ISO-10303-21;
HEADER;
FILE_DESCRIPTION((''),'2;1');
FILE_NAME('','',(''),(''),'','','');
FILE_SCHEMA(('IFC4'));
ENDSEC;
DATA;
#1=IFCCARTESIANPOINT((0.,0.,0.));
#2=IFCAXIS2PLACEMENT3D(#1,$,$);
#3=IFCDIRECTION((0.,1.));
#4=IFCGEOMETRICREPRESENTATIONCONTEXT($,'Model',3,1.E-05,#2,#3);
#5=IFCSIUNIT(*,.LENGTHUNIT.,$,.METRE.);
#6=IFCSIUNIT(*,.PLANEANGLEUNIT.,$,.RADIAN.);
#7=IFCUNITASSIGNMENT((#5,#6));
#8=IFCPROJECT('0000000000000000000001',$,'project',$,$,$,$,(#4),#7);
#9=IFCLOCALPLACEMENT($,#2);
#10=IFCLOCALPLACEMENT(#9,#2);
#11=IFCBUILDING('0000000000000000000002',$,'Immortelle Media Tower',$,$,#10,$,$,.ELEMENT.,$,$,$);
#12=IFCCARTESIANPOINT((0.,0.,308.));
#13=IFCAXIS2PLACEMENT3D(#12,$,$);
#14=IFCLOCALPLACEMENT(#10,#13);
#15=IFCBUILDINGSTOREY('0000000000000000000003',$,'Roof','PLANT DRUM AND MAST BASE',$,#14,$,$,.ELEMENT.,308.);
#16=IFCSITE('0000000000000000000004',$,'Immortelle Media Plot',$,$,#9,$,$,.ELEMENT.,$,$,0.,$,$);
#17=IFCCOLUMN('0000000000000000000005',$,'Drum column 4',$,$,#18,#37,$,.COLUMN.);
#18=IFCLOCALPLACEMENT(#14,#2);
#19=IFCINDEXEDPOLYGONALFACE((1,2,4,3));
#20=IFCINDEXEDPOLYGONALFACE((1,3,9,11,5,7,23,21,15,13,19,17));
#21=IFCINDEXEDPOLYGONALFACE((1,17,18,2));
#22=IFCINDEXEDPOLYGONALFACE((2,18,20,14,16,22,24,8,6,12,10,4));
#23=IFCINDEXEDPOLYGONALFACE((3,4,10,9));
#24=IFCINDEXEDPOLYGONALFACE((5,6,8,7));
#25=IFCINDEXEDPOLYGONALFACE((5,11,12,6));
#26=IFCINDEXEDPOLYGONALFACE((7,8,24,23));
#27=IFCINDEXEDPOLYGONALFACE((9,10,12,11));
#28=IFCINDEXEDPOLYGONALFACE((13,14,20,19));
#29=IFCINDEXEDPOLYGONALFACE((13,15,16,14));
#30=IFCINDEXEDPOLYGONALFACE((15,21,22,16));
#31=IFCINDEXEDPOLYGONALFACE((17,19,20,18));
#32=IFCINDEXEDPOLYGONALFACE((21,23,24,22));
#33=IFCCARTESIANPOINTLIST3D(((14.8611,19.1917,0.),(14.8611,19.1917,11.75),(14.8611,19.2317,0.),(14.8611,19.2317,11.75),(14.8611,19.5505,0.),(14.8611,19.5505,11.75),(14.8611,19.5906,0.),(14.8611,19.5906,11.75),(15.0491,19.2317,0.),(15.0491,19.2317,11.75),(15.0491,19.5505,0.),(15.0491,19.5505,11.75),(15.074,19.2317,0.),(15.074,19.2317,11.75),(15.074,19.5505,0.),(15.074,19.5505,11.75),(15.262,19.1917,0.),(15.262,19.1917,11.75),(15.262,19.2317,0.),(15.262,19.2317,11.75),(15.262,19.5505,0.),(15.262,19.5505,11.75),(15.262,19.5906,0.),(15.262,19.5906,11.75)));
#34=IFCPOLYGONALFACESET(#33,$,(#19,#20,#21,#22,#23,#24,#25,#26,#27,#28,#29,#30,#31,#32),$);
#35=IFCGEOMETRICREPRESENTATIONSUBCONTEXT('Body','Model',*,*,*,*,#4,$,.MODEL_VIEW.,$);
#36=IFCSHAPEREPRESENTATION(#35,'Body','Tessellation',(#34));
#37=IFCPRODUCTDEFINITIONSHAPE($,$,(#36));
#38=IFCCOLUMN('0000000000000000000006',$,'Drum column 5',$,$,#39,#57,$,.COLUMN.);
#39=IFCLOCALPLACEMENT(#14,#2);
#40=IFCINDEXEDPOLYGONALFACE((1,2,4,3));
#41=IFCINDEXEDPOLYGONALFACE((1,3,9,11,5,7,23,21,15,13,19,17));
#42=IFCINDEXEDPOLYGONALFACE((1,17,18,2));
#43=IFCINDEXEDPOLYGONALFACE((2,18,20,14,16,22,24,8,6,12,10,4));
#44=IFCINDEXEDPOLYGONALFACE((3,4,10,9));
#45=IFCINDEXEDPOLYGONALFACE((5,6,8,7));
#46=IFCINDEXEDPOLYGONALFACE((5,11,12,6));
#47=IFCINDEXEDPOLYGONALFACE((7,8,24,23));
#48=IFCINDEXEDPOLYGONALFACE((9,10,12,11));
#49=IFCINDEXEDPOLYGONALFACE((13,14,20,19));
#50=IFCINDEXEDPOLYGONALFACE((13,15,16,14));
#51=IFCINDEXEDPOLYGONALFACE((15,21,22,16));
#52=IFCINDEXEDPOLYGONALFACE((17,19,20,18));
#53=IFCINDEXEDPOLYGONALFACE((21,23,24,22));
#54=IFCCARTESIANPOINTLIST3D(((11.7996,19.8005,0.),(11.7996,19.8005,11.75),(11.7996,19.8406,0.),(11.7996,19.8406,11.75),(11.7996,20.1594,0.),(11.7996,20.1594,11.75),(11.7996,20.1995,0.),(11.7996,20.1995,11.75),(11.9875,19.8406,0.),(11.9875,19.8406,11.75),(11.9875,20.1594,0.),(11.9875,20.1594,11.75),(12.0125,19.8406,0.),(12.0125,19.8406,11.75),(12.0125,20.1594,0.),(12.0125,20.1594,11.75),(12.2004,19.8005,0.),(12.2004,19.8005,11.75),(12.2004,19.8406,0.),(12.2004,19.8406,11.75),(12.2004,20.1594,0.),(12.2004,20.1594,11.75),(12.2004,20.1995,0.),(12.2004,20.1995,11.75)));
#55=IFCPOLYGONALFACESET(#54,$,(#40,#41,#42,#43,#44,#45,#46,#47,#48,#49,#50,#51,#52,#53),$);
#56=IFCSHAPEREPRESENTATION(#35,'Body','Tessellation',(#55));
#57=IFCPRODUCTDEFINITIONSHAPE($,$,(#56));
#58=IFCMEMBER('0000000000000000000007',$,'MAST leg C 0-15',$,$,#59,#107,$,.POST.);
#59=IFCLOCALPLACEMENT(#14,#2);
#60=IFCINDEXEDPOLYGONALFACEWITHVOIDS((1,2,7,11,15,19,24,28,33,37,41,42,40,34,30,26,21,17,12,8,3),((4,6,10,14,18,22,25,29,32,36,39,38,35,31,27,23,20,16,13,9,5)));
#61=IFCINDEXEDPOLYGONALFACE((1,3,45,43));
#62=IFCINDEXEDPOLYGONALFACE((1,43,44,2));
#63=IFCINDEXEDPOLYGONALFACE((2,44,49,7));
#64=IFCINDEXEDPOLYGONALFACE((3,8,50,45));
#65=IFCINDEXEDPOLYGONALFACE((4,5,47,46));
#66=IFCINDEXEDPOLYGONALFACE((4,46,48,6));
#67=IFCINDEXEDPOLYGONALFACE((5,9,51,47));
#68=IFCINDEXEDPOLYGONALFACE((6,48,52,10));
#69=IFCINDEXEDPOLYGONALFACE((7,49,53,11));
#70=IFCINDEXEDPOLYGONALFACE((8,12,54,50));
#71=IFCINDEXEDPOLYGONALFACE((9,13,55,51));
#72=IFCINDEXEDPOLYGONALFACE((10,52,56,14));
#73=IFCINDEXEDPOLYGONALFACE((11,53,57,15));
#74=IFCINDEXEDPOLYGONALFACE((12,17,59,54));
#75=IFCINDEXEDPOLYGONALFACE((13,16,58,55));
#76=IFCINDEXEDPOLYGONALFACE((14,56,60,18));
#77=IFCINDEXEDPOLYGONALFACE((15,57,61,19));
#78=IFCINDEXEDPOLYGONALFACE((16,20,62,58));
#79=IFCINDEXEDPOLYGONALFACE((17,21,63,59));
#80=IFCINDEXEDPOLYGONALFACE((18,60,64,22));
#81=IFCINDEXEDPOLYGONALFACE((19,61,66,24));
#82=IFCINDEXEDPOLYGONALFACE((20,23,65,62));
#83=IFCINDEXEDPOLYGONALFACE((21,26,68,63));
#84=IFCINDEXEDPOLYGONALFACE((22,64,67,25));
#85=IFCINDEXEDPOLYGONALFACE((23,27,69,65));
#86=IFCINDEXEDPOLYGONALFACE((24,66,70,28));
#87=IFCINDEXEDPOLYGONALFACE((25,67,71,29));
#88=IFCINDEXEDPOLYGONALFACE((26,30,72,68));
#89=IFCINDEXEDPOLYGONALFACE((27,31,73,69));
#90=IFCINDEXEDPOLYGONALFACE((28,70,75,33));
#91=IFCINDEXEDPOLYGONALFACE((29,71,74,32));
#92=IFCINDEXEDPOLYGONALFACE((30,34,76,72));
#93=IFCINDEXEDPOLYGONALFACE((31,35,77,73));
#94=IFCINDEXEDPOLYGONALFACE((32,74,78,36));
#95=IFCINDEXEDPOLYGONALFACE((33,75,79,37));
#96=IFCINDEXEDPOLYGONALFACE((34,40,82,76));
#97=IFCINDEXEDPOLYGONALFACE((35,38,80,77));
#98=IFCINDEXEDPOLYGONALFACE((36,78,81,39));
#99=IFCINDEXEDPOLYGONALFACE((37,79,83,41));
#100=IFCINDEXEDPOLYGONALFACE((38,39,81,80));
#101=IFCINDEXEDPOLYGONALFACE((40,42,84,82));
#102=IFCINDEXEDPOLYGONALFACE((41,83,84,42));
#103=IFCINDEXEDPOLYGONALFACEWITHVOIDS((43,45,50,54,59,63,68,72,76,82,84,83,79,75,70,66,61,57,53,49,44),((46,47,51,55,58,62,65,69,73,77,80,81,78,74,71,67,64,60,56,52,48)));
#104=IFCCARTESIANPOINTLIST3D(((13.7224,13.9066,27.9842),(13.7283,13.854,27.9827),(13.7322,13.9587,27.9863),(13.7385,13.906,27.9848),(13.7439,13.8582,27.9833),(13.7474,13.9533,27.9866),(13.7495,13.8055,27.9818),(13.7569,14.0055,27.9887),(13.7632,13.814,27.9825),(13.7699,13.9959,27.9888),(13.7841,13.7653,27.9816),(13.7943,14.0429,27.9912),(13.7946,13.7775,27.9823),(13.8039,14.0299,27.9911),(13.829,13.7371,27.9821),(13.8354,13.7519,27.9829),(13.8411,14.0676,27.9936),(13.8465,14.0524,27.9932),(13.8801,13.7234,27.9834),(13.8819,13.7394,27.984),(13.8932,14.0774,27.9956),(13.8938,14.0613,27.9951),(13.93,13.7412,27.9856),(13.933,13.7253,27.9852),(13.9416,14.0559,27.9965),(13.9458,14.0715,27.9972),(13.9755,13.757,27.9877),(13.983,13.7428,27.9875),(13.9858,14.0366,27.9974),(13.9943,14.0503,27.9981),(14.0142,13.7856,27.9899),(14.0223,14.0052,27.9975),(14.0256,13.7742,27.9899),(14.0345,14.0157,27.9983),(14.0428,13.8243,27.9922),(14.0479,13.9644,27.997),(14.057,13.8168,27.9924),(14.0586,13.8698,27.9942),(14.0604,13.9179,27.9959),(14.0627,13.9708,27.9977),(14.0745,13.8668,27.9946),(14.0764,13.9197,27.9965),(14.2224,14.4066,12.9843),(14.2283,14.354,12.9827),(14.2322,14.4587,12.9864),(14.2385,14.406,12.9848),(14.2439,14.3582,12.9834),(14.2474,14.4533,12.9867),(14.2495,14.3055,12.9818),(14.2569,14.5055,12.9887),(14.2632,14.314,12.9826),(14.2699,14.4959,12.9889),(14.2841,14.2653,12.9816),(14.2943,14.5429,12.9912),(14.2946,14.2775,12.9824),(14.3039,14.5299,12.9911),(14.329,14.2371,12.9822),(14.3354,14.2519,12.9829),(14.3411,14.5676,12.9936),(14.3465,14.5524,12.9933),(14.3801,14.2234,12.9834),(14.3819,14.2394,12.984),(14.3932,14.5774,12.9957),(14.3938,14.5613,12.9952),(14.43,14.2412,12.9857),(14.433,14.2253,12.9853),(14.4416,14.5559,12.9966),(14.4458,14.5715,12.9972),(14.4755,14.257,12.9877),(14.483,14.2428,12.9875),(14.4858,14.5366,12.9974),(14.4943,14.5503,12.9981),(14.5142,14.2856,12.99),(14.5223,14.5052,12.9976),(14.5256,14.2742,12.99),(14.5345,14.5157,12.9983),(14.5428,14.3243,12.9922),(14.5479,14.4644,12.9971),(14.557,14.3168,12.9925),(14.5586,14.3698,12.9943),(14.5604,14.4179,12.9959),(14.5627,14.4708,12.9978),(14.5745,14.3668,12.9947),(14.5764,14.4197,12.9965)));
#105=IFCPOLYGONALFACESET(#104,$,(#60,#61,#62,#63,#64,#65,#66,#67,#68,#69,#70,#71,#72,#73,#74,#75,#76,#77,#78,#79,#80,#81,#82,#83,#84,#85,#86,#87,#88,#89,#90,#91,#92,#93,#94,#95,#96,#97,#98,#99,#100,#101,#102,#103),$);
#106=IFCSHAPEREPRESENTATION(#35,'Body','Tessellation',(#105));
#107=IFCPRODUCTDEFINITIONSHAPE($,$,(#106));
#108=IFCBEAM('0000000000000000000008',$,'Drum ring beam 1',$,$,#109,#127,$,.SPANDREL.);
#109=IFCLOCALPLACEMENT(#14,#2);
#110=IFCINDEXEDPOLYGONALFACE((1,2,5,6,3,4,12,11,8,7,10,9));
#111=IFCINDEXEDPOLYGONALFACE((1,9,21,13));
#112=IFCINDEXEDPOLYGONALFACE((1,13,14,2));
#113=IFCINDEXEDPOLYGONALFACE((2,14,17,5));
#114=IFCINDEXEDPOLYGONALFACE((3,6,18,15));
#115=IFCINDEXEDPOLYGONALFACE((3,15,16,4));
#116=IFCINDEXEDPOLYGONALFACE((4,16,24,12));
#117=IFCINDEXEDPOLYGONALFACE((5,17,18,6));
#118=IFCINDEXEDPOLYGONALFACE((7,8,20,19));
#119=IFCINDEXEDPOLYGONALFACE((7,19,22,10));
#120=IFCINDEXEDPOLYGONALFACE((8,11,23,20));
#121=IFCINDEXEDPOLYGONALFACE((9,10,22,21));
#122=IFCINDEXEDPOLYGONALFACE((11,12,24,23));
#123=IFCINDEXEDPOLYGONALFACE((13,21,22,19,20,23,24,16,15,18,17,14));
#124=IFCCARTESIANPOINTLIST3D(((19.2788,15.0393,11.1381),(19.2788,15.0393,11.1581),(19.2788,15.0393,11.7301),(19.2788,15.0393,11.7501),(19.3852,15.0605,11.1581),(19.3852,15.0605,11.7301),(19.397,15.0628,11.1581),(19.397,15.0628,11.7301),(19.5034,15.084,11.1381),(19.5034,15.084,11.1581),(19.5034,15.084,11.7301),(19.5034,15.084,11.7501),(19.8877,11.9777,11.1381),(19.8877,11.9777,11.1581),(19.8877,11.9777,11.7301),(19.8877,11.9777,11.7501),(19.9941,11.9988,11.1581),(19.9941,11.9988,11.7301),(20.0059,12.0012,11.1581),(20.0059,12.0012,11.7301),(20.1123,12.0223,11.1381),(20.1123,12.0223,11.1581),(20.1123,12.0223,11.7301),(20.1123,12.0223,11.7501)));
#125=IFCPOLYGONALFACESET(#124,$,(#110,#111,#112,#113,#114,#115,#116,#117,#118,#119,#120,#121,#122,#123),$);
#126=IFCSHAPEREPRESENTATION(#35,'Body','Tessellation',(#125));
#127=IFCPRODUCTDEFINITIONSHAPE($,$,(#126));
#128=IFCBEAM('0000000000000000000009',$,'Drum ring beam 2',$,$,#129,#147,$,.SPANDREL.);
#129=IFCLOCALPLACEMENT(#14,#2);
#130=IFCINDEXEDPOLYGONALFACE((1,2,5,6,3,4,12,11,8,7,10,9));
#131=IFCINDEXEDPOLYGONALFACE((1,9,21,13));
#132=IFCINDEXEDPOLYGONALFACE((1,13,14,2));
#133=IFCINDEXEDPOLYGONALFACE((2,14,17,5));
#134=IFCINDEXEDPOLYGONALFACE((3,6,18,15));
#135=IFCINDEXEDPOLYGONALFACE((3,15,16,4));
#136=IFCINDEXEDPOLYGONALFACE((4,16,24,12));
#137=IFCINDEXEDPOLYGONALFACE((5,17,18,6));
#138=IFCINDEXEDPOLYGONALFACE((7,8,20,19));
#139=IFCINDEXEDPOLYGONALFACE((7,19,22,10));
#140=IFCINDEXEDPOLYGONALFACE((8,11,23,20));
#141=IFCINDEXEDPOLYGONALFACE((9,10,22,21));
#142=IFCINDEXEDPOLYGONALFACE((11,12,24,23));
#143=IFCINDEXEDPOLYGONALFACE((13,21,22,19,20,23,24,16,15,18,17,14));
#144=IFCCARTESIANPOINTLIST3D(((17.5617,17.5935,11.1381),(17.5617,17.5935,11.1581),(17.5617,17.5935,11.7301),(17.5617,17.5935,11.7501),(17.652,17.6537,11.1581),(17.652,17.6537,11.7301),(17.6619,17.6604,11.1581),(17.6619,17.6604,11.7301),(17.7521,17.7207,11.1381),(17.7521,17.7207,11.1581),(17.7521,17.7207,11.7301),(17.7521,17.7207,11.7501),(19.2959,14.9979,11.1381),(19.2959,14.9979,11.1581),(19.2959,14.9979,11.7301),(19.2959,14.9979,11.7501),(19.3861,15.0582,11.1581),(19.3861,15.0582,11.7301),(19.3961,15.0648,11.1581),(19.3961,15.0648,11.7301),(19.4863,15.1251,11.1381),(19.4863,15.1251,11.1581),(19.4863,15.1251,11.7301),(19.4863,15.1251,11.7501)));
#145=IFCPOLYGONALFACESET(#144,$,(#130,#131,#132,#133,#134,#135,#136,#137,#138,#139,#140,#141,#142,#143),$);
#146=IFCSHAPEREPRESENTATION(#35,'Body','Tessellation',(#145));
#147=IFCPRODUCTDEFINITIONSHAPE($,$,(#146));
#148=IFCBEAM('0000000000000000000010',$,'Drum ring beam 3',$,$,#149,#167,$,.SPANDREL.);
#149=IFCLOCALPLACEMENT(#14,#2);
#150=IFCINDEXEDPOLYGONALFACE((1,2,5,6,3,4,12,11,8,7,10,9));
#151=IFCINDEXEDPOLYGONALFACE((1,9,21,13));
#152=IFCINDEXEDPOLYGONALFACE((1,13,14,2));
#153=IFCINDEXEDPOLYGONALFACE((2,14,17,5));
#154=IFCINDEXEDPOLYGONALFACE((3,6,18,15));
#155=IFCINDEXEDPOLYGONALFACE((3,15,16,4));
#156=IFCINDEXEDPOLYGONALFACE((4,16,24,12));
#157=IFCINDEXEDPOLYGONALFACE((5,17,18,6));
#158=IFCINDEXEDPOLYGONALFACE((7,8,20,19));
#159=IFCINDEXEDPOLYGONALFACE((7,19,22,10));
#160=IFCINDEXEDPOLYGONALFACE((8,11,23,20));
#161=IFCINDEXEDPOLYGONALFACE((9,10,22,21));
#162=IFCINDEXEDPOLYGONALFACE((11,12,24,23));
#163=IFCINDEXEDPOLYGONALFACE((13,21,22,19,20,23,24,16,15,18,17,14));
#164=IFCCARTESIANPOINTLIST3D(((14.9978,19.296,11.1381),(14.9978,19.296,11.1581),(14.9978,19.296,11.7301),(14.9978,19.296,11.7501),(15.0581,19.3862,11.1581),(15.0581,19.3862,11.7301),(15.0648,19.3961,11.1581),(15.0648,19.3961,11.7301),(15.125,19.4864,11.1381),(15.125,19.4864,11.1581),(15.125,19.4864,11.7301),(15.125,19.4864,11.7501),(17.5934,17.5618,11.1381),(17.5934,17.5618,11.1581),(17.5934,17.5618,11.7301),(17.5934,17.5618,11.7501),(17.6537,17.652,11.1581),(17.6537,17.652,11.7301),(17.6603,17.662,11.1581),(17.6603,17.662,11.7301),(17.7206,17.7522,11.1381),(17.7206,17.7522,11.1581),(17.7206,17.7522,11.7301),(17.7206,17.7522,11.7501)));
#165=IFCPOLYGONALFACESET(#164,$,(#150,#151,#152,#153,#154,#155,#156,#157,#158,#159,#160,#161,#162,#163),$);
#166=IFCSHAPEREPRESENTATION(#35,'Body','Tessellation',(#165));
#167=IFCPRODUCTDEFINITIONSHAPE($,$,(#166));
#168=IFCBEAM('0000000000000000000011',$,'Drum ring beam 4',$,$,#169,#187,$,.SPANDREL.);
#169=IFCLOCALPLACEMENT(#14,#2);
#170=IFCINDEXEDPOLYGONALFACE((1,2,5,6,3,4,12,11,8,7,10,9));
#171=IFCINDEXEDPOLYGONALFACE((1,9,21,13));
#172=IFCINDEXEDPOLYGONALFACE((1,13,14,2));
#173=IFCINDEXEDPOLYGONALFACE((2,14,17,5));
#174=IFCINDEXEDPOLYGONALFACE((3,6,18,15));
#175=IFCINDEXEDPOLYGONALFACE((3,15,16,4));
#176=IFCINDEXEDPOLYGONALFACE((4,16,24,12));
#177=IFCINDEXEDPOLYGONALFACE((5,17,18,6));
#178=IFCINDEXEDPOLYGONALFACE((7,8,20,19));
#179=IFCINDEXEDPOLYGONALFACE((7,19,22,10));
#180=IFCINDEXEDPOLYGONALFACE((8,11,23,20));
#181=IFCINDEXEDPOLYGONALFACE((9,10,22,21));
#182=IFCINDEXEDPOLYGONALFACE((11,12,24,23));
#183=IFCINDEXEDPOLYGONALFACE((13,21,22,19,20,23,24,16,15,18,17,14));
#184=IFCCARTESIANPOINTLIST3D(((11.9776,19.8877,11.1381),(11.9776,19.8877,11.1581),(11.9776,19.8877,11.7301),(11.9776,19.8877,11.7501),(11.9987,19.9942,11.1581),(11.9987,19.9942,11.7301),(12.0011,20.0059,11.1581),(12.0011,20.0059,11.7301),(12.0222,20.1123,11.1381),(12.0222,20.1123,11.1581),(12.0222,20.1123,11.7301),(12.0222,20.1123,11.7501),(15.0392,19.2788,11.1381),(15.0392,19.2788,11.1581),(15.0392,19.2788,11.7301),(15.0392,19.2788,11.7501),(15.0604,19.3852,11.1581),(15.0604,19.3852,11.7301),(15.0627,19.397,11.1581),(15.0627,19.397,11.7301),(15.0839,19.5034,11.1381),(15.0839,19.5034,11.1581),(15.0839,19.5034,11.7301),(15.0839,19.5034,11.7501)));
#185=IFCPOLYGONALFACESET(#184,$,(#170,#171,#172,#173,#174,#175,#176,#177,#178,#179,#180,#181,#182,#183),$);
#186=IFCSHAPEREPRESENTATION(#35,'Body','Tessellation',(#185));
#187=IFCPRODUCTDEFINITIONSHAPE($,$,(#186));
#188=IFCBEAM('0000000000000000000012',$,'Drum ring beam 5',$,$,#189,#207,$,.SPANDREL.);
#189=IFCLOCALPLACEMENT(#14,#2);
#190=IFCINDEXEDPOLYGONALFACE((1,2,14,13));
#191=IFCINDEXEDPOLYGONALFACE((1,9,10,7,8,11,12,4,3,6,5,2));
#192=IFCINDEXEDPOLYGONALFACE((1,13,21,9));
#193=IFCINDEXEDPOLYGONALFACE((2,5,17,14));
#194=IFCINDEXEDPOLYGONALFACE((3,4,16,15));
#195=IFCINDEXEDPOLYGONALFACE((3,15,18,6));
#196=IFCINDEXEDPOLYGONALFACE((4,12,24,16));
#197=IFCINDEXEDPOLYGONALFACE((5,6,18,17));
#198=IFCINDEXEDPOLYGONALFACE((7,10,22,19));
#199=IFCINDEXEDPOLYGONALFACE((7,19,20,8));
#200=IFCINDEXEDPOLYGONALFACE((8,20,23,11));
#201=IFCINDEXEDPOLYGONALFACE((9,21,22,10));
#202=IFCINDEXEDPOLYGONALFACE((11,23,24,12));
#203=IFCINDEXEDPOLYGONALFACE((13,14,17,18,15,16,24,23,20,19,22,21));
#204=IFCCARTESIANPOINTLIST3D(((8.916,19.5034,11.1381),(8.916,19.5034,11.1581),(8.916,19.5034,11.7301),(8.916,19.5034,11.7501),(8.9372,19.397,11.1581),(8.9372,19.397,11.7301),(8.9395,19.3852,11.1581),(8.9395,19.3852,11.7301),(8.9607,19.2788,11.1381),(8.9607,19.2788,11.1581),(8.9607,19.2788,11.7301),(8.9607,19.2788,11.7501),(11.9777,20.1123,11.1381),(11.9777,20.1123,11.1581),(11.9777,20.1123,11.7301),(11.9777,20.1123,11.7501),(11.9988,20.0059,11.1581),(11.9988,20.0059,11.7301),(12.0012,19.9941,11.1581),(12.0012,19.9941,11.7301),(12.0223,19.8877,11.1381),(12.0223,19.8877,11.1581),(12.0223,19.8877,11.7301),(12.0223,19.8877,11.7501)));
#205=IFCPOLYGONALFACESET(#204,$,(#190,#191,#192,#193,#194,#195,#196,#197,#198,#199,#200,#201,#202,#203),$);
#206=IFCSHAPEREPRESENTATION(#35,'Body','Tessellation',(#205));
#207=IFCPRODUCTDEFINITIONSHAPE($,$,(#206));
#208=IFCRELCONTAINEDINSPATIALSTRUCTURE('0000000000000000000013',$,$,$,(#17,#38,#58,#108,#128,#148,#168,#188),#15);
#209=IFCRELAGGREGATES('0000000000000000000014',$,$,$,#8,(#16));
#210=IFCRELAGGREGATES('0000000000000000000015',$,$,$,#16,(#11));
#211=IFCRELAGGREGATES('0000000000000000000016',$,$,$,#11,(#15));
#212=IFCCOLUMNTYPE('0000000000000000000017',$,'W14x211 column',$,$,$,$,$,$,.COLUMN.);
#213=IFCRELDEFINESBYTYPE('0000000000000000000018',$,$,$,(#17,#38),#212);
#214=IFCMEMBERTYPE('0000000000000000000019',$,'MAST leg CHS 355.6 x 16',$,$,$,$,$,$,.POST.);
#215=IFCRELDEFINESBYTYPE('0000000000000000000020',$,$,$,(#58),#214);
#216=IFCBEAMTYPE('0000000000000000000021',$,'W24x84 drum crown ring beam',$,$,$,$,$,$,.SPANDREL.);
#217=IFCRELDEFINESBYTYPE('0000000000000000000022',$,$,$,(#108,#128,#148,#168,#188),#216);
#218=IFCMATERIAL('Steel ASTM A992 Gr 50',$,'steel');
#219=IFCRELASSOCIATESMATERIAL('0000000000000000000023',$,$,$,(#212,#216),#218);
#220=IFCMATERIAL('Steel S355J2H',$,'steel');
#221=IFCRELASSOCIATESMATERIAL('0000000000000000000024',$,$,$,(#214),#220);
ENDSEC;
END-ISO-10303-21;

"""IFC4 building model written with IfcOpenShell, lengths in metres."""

from ifc_helpers import new_model, si_unit, direction, frame, origin, origin_2d, place, context, subcontext, project, spatial, hollow_circle, i_section, extrude, material, material_profile, profile_set, type_object, element, save


model = new_model("IFC4")

# Units and contexts
model_context = context("Model", 3, precision=1e-05, world=origin(), true_north=direction((0.0, 1.0)))
body_context = subcontext(model_context, "Body", "Model", "MODEL_VIEW")
ifc_project = project(units=[si_unit("LENGTHUNIT", "METRE"), si_unit("PLANEANGLEUNIT", "RADIAN")], contexts=[model_context])

# Site, building, storey
site_placement = place(None, origin())
site = spatial("IfcSite", under=ifc_project, at=site_placement, Name="Immortelle Media Plot", CompositionType="ELEMENT", RefElevation=0.0)
building_placement = place(site_placement, origin())
building = spatial("IfcBuilding", under=site, at=building_placement, Name="Immortelle Media Tower", CompositionType="ELEMENT")
storey_placement = place(building_placement, frame((0.0, 0.0, 308.0)))
storey = spatial("IfcBuildingStorey", under=building, at=storey_placement, Name="Roof", Description="PLANT DRUM AND MAST BASE", CompositionType="ELEMENT", Elevation=308.0)

# Columns
ifc_material_1 = material(Name="Steel ASTM A992 Gr 50", Category="steel")
ifc_material_profile_1 = material_profile(ifc_material_1, i_section(OverallWidth=0.4009, OverallDepth=0.3989, WebThickness=0.0249, FlangeThickness=0.04, at=origin_2d()), Name="W14x211")
ifc_profile_set_1 = profile_set([ifc_material_profile_1], Name="Steel ASTM A992 Gr 50")
column_type = type_object("IfcColumnType", Name="W14x211 column", PredefinedType="COLUMN", material=ifc_profile_set_1)
for number, where, z_axis, x_axis, name in (
    (1, (15.0615, 19.3911, 0.0), (0.0, 0.0, 1.0), (1.0, 0.0, 0.0), "Drum column 4"),
    (2, (12.0, 20.0, 0.0), (0.0, 0.0, 1.0), (1.0, 0.0, 0.0), "Drum column 5"),
):
    element("IfcColumn", number, at=place(storey_placement, frame(where, z_axis=z_axis, x_axis=x_axis)), inside=storey, type_object=column_type, Name=name, PredefinedType="COLUMN", context=body_context, shape_type="SweptSolid", body=[
        extrude(i_section(OverallWidth=0.4009, OverallDepth=0.3989, WebThickness=0.0249, FlangeThickness=0.04, at=origin_2d()), origin(), (0.0, 0.0, 1.0), 11.75),
    ])

# Member
ifc_material_2 = material(Name="Steel S355J2H", Category="steel")
ifc_material_profile_2 = material_profile(ifc_material_2, hollow_circle(Radius=0.1777, WallThickness=0.0161, at=origin_2d()), Name="CHS 355.6 x 16")
ifc_profile_set_2 = profile_set([ifc_material_profile_2], Name="Steel S355J2H")
member_type = type_object("IfcMemberType", Name="MAST leg CHS 355.6 x 16", PredefinedType="POST", material=ifc_profile_set_2)
member_placement = place(storey_placement, frame((14.3999, 14.3999, 12.99), z_axis=(-0.033296, -0.033296, 0.998891), x_axis=(0.707107, -0.707107, 0.0)))
element("IfcMember", 3, at=member_placement, inside=storey, type_object=member_type, Name="MAST leg C 0-15", PredefinedType="POST", context=body_context, shape_type="SweptSolid", body=[
    extrude(hollow_circle(Radius=0.1777, WallThickness=0.0161, at=origin_2d()), origin(), (0.0, 0.0, 1.0), 15.0166),
])

# Beams
ifc_material_profile_3 = material_profile(ifc_material_1, i_section(OverallWidth=0.229, OverallDepth=0.6121, WebThickness=0.012, FlangeThickness=0.02, at=origin_2d()), Name="W24x84")
ifc_profile_set_3 = profile_set([ifc_material_profile_3], Name="Steel ASTM A992 Gr 50")
beam_type = type_object("IfcBeamType", Name="W24x84 drum crown ring beam", PredefinedType="SPANDREL", material=ifc_profile_set_3)
for number, where, z_axis, x_axis, name in (
    (4, (20.0, 12.0, 11.4441), (-0.195063, 0.980791, 0.0), (-0.980791, -0.195063, 0.0), "Drum ring beam 1"),
    (5, (19.3911, 15.0615, 11.4441), (-0.555548, 0.831484, 0.0), (-0.831484, -0.555548, 0.0), "Drum ring beam 2"),
    (6, (17.657, 17.657, 11.4441), (-0.831484, 0.555548, 0.0), (-0.555548, -0.831484, 0.0), "Drum ring beam 3"),
    (7, (15.0615, 19.3911, 11.4441), (-0.980791, 0.195063, 0.0), (-0.195063, -0.980791, 0.0), "Drum ring beam 4"),
    (8, (12.0, 20.0, 11.4441), (-0.980791, -0.195063, 0.0), (0.195063, -0.980791, 0.0), "Drum ring beam 5"),
):
    element("IfcBeam", number, at=place(storey_placement, frame(where, z_axis=z_axis, x_axis=x_axis)), inside=storey, type_object=beam_type, Name=name, PredefinedType="SPANDREL", context=body_context, shape_type="SweptSolid", body=[
        extrude(i_section(OverallWidth=0.229, OverallDepth=0.6121, WebThickness=0.012, FlangeThickness=0.02, at=origin_2d()), origin(), (0.0, 0.0, 1.0), 3.1216),
    ])

save(model, "model.ifc")
